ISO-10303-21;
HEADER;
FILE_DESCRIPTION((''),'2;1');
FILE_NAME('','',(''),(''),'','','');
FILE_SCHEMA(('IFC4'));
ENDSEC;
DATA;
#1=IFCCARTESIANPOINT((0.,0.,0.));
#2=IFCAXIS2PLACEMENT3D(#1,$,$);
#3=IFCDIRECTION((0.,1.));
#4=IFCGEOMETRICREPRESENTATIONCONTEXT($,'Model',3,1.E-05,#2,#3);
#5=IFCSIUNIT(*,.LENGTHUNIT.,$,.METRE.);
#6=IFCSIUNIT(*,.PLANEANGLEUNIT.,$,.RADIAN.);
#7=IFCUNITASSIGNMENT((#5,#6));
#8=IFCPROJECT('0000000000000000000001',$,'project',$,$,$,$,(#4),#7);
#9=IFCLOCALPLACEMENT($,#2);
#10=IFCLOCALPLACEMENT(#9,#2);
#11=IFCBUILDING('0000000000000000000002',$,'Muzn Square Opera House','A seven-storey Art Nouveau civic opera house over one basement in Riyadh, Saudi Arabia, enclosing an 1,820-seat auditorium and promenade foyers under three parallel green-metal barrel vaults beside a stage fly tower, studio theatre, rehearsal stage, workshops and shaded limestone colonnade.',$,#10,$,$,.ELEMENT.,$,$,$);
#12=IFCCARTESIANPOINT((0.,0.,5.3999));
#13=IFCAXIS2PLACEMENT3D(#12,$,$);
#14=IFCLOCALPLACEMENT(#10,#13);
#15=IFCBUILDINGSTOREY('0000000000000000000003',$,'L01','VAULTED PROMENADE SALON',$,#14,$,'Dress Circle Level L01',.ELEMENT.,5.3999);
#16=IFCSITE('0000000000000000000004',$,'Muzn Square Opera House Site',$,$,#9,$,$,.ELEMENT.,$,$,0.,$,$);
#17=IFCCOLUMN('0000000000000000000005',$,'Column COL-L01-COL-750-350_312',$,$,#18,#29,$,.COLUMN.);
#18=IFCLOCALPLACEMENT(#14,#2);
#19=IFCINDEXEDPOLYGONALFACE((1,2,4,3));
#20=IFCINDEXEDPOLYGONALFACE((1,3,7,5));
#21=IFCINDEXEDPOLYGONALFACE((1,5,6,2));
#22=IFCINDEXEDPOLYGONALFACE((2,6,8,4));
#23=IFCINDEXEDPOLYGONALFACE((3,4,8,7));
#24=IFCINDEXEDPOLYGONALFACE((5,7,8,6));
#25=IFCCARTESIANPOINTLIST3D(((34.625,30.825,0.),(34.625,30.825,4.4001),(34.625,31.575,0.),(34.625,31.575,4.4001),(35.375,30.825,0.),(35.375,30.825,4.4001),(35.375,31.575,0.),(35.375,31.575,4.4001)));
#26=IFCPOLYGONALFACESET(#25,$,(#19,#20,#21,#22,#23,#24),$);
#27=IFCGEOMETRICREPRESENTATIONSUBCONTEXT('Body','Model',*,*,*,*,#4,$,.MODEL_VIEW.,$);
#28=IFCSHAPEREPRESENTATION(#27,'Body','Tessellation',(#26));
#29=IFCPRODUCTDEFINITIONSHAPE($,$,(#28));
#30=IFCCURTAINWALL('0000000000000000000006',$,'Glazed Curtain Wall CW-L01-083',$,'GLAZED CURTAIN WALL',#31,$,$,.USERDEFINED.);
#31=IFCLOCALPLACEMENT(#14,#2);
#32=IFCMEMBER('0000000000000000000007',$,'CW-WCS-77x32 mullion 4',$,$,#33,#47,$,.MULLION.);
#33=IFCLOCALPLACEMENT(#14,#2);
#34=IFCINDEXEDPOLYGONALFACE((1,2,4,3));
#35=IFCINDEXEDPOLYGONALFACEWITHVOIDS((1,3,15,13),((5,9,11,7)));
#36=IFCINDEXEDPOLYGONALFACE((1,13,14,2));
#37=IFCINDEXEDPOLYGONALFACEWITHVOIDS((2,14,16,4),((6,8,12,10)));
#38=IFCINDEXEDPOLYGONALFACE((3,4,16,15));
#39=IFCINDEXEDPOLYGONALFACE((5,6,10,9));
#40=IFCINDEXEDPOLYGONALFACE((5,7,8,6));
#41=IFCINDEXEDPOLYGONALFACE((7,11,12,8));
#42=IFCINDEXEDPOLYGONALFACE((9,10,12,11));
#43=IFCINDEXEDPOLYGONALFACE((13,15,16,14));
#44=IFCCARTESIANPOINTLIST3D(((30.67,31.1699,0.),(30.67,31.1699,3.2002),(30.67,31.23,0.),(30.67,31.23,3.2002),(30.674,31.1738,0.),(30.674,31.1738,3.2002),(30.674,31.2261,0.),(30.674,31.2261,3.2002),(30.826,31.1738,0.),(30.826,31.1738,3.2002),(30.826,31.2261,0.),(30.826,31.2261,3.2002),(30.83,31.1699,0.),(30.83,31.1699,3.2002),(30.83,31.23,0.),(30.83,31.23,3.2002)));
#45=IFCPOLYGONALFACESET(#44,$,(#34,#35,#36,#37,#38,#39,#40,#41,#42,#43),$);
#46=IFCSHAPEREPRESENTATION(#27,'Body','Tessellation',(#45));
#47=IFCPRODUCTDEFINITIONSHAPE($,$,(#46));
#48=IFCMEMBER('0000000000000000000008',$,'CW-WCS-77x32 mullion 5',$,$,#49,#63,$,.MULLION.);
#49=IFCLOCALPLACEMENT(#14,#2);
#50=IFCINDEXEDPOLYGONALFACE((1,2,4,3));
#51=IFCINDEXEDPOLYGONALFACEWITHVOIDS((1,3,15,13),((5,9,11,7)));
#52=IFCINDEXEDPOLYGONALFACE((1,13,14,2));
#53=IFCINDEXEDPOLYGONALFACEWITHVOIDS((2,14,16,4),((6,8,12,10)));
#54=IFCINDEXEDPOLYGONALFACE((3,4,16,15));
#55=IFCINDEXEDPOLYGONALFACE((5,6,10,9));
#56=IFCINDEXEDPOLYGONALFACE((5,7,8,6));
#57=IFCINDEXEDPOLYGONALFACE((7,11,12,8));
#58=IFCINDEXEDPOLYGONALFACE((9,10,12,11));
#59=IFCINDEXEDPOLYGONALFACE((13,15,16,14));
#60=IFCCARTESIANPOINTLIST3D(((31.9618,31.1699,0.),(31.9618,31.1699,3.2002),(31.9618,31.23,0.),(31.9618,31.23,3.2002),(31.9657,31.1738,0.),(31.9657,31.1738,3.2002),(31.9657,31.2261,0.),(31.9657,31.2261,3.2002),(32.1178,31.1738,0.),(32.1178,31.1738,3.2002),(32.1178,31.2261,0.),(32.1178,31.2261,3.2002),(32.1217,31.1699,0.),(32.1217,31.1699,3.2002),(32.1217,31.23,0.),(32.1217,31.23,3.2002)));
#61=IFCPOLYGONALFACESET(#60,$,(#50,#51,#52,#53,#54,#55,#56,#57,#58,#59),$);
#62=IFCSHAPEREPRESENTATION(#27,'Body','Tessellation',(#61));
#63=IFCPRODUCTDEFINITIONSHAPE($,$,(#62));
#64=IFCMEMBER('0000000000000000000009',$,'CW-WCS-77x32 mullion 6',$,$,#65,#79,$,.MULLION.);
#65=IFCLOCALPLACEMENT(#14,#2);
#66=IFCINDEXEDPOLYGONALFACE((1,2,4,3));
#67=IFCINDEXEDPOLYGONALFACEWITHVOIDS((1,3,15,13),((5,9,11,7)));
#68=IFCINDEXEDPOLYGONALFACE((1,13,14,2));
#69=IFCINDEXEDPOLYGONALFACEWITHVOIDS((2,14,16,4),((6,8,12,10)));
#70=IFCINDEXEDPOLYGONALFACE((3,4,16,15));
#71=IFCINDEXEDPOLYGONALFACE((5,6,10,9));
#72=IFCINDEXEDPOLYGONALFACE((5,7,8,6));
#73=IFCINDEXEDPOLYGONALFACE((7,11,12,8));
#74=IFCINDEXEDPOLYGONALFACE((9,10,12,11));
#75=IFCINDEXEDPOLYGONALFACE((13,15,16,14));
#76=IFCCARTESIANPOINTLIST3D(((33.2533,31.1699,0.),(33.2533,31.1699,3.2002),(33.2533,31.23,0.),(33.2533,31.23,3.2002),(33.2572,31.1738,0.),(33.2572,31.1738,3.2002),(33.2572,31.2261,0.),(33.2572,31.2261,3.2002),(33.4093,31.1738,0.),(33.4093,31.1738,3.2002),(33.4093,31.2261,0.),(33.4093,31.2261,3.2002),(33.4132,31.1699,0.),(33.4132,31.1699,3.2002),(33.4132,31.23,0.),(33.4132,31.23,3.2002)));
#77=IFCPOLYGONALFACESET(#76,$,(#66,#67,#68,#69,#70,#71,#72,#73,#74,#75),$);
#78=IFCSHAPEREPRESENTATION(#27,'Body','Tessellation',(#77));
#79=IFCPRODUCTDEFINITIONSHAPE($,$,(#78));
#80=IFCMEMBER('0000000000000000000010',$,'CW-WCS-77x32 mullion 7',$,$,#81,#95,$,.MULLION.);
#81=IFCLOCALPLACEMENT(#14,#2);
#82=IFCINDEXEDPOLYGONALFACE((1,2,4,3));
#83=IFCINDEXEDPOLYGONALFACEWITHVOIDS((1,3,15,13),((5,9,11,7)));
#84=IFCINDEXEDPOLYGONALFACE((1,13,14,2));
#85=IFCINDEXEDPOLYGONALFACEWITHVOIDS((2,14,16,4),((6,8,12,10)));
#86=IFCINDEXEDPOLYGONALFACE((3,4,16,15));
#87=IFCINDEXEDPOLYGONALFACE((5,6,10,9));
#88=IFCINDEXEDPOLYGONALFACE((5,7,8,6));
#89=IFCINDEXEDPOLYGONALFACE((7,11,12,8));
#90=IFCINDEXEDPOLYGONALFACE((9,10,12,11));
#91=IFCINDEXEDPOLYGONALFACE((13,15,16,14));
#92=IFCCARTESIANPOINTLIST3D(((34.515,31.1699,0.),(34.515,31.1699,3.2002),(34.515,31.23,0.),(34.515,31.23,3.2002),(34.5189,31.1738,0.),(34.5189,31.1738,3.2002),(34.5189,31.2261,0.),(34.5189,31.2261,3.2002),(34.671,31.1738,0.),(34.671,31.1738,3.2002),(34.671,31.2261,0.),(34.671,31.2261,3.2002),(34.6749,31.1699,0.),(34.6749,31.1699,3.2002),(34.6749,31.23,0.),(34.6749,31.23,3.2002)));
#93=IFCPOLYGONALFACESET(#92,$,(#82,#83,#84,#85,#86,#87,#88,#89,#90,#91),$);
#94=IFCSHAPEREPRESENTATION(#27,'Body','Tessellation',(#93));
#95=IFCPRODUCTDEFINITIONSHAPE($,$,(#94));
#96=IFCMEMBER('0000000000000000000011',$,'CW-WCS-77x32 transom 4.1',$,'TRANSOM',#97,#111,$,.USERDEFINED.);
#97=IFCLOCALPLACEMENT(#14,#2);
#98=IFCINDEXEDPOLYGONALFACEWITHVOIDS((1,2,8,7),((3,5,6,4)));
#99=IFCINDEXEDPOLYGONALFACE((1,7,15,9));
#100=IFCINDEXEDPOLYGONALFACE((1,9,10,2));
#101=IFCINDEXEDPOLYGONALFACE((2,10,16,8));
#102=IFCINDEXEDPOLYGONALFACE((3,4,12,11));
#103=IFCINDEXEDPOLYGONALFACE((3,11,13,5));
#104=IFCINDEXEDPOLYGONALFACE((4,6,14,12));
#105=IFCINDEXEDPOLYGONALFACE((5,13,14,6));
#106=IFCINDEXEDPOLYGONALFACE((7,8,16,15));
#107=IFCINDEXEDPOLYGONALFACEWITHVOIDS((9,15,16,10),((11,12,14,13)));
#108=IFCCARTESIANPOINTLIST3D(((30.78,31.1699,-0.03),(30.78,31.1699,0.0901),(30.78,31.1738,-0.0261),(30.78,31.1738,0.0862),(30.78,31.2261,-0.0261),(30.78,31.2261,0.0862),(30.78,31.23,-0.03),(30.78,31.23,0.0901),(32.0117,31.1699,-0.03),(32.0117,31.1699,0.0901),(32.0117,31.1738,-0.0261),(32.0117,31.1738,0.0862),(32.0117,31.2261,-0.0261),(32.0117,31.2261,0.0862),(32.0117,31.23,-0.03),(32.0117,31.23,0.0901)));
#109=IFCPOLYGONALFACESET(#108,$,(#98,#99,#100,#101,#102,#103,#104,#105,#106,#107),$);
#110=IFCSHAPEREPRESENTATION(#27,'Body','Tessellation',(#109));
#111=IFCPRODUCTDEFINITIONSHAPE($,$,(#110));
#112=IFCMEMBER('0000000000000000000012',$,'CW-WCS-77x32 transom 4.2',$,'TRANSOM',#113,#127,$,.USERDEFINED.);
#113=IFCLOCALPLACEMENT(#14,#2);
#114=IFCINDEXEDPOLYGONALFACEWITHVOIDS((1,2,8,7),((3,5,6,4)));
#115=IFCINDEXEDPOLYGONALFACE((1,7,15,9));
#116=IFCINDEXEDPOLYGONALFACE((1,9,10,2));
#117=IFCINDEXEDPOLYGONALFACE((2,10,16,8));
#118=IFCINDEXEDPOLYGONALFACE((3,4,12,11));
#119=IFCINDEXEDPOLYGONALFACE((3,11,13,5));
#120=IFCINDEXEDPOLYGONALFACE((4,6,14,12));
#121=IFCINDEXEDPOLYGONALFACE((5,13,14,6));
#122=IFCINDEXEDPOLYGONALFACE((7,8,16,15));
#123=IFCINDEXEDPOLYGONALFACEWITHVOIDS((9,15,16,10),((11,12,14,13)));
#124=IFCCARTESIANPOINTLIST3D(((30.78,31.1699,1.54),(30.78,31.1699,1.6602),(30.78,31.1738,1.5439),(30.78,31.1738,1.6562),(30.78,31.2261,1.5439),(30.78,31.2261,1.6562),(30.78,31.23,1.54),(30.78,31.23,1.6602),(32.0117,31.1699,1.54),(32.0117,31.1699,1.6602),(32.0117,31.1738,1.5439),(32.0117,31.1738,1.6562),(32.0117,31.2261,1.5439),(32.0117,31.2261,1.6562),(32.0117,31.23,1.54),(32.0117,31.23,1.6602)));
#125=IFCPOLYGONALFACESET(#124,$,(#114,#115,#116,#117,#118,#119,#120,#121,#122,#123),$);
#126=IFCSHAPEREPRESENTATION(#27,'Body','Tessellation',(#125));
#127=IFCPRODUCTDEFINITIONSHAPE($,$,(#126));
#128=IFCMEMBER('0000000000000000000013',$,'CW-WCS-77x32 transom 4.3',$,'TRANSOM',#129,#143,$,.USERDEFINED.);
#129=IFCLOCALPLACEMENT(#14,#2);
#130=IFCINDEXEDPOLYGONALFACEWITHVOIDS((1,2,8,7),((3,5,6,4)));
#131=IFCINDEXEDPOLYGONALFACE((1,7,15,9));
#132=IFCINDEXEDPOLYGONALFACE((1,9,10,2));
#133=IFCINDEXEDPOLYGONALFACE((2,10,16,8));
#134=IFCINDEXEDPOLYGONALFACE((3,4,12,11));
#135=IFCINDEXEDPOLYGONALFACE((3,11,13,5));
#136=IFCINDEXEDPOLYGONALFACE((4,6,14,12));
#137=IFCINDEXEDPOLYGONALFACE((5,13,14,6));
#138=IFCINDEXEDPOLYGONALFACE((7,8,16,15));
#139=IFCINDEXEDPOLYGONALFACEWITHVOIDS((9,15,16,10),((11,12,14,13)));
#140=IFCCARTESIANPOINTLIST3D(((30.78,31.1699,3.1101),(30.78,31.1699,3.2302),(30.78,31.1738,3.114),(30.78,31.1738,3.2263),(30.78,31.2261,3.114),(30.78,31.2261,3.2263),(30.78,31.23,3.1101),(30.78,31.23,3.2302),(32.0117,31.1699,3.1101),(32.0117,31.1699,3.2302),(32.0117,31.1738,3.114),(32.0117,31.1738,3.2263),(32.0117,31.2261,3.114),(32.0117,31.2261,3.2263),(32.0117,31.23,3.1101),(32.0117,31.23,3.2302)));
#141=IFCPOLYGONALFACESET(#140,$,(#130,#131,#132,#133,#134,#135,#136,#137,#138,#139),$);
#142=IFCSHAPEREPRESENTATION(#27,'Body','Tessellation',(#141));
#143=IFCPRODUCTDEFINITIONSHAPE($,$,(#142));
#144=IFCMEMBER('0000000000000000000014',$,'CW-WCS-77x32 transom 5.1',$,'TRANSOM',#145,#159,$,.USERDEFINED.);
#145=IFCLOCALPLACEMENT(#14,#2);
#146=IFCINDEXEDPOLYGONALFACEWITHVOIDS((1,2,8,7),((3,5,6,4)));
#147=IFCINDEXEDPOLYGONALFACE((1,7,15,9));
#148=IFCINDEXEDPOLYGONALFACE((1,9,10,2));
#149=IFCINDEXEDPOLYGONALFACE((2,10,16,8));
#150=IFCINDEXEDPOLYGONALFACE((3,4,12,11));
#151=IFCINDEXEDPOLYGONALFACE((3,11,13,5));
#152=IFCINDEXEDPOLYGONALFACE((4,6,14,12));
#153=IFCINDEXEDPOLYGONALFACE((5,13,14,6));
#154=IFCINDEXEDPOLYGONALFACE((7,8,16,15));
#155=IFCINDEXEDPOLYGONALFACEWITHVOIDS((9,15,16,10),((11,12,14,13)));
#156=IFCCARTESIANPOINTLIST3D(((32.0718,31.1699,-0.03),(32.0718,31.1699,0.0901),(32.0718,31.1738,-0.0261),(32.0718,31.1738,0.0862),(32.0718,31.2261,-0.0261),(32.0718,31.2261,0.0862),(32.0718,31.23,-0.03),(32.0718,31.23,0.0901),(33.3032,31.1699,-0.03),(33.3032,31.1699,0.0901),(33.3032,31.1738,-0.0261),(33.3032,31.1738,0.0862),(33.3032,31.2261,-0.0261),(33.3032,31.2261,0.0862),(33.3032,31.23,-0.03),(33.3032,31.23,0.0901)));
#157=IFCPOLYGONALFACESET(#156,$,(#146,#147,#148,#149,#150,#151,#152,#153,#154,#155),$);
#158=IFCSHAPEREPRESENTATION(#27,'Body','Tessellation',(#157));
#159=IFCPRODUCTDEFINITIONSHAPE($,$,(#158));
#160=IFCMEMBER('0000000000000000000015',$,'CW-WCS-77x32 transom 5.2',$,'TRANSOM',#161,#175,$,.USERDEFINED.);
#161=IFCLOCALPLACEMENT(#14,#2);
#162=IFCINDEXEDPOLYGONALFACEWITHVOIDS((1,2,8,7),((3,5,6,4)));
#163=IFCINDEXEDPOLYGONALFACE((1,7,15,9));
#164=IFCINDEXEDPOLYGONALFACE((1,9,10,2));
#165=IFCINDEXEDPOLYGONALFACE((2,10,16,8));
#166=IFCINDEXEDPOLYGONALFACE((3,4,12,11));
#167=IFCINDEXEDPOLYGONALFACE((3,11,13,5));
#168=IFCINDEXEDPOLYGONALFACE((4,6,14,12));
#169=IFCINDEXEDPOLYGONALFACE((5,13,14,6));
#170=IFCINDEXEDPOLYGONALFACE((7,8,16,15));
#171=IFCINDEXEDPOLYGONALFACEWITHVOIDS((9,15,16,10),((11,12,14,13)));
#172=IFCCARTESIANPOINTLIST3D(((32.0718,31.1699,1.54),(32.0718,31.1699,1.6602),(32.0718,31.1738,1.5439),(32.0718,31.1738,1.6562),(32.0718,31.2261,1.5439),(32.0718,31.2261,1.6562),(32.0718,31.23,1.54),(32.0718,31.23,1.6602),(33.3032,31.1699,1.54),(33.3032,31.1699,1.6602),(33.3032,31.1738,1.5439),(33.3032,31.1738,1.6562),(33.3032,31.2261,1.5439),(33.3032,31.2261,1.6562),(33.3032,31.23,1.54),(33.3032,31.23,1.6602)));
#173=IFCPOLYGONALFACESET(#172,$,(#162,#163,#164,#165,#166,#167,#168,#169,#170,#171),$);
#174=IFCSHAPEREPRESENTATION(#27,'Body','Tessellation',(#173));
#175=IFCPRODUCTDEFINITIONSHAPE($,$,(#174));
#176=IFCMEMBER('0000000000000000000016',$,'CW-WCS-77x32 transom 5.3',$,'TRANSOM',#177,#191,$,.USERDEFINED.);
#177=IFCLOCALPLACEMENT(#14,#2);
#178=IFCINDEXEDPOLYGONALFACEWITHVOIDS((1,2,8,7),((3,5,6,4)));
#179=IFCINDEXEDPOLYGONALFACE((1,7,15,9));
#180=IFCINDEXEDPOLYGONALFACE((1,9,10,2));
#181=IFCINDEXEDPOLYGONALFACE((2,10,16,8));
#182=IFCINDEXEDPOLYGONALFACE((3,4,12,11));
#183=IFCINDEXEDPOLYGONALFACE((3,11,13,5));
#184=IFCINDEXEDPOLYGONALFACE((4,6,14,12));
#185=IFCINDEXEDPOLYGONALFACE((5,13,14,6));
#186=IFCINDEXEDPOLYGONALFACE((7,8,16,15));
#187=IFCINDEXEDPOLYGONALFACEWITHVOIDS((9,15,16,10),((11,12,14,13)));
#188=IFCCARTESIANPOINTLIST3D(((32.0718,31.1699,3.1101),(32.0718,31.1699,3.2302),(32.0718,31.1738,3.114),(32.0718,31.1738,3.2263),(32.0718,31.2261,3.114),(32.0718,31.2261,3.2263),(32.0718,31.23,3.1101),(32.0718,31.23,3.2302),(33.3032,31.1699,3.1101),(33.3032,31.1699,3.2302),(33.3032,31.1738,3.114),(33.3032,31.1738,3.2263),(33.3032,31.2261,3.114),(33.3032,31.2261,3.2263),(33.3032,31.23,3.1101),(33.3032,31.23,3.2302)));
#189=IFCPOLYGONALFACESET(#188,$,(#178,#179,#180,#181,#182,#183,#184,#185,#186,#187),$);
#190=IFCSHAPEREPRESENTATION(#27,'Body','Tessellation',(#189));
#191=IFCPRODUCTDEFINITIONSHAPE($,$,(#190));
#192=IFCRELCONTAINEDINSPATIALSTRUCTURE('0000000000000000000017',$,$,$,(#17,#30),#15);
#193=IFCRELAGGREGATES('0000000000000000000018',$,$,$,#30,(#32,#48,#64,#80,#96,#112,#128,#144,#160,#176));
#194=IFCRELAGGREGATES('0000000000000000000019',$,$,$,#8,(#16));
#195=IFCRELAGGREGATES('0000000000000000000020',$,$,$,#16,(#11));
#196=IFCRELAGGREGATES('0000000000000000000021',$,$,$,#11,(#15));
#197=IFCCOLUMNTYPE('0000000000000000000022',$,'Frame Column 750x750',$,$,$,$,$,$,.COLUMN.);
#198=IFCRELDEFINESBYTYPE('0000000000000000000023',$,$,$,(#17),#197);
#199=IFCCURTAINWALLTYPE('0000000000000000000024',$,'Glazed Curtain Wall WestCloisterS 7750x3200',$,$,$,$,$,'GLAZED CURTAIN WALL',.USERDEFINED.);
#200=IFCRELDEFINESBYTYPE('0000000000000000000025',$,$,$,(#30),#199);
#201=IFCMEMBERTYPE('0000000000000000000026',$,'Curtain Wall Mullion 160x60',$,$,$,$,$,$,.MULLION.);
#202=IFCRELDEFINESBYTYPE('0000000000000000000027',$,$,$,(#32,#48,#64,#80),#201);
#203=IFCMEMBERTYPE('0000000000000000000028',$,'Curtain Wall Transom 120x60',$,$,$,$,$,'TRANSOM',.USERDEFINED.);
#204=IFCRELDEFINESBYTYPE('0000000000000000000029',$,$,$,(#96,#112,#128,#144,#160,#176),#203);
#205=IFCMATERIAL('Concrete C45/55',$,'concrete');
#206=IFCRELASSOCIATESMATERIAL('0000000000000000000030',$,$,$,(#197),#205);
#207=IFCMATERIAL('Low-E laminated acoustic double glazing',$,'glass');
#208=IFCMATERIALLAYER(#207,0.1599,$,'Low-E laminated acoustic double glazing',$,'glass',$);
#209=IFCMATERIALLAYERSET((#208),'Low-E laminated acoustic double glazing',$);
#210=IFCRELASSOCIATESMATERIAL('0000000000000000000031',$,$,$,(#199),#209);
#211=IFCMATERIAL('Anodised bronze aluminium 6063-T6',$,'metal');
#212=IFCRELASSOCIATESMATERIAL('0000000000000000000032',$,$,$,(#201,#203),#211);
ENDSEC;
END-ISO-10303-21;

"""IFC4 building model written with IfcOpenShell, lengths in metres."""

from ifc_helpers import new_model, si_unit, direction, frame, origin, origin_2d, place, context, subcontext, project, spatial, rectangle, hollow_rectangle, extrude, material, layer, layer_set, material_profile, profile_set, type_object, element, aggregate, save


model = new_model("IFC4")

# Units and contexts
model_context = context("Model", 3, precision=1e-05, world=origin(), true_north=direction((0.0, 1.0)))
body_context = subcontext(model_context, "Body", "Model", "MODEL_VIEW")
ifc_project = project(units=[si_unit("LENGTHUNIT", "METRE"), si_unit("PLANEANGLEUNIT", "RADIAN")], contexts=[model_context])

# Site, building, storey
site_placement = place(None, origin())
site = spatial("IfcSite", under=ifc_project, at=site_placement, Name="Muzn Square Opera House Site", CompositionType="ELEMENT", RefElevation=0.0)
building_placement = place(site_placement, origin())
building = spatial("IfcBuilding", under=site, at=building_placement, Name="Muzn Square Opera House", Description="A seven-storey Art Nouveau civic opera house over one basement in Riyadh, Saudi Arabia, enclosing an 1,820-seat auditorium and promenade foyers under three parallel green-metal barrel vaults beside a stage fly tower, studio theatre, rehearsal stage, workshops and shaded limestone colonnade.", CompositionType="ELEMENT")
storey_placement = place(building_placement, frame((0.0, 0.0, 5.3999)))
storey = spatial("IfcBuildingStorey", under=building, at=storey_placement, Name="L01", Description="VAULTED PROMENADE SALON", LongName="Dress Circle Level L01", CompositionType="ELEMENT", Elevation=5.3999)

# Column
ifc_material_1 = material(Name="Concrete C45/55", Category="concrete")
ifc_material_profile_1 = material_profile(ifc_material_1, rectangle(XDim=0.75, YDim=0.75, at=origin_2d()), Name="RC 750x750", Category="concrete")
ifc_profile_set_1 = profile_set([ifc_material_profile_1], Name="Concrete C45/55")
column_type = type_object("IfcColumnType", Name="Frame Column 750x750", PredefinedType="COLUMN", material=ifc_profile_set_1)
column_placement = place(storey_placement, frame((35.0, 31.2, 0.0), z_axis=(0.0, 0.0, 1.0), x_axis=(1.0, 0.0, 0.0)))
element("IfcColumn", 1, at=column_placement, inside=storey, type_object=column_type, Name="Column COL-L01-COL-750-350_312", PredefinedType="COLUMN", context=body_context, shape_type="SweptSolid", body=[
    extrude(rectangle(XDim=0.75, YDim=0.75, at=origin_2d()), origin(), (0.0, 0.0, 1.0), 4.4001),
])

# Curtain wall, members
ifc_material_2 = material(Name="Low-E laminated acoustic double glazing", Category="glass")
ifc_layer_1 = layer(ifc_material_2, 0.1599, Name="Low-E laminated acoustic double glazing", Category="glass")
ifc_layer_set_1 = layer_set([ifc_layer_1], Name="Low-E laminated acoustic double glazing")
curtain_wall_type = type_object("IfcCurtainWallType", Name="Glazed Curtain Wall WestCloisterS 7750x3200", ElementType="GLAZED CURTAIN WALL", PredefinedType="USERDEFINED", material=ifc_layer_set_1)
curtain_wall_placement = place(storey_placement, origin())
curtain_wall = element("IfcCurtainWall", 2, at=curtain_wall_placement, inside=storey, type_object=curtain_wall_type, Name="Glazed Curtain Wall CW-L01-083", ObjectType="GLAZED CURTAIN WALL", PredefinedType="USERDEFINED")
ifc_material_3 = material(Name="Anodised bronze aluminium 6063-T6", Category="metal")
ifc_material_profile_2 = material_profile(ifc_material_3, hollow_rectangle(XDim=0.0601, YDim=0.1599, WallThickness=0.0039, at=origin_2d()), Name="ALU 160x60x4", Category="metal")
ifc_profile_set_2 = profile_set([ifc_material_profile_2], Name="Anodised bronze aluminium 6063-T6")
member_type_1 = type_object("IfcMemberType", Name="Curtain Wall Mullion 160x60", PredefinedType="MULLION", material=ifc_profile_set_2)
member_1_placement = place(storey_placement, frame((30.75, 31.2, 0.0), z_axis=(0.0, 0.0, 1.0), x_axis=(0.0, 1.0, 0.0)))
member_1 = element("IfcMember", 3, at=member_1_placement, type_object=member_type_1, Name="CW-WCS-77x32 mullion 4", PredefinedType="MULLION", context=body_context, shape_type="SweptSolid", body=[
    extrude(hollow_rectangle(XDim=0.0601, YDim=0.1599, WallThickness=0.0039, at=origin_2d()), origin(), (0.0, 0.0, 1.0), 3.2002),
])
member_2_placement = place(storey_placement, frame((32.0417, 31.2, 0.0), z_axis=(0.0, 0.0, 1.0), x_axis=(0.0, 1.0, 0.0)))
member_2 = element("IfcMember", 4, at=member_2_placement, type_object=member_type_1, Name="CW-WCS-77x32 mullion 5", PredefinedType="MULLION", context=body_context, shape_type="SweptSolid", body=[
    extrude(hollow_rectangle(XDim=0.0601, YDim=0.1599, WallThickness=0.0039, at=origin_2d()), origin(), (0.0, 0.0, 1.0), 3.2002),
])
member_3_placement = place(storey_placement, frame((33.3333, 31.2, 0.0), z_axis=(0.0, 0.0, 1.0), x_axis=(0.0, 1.0, 0.0)))
member_3 = element("IfcMember", 5, at=member_3_placement, type_object=member_type_1, Name="CW-WCS-77x32 mullion 6", PredefinedType="MULLION", context=body_context, shape_type="SweptSolid", body=[
    extrude(hollow_rectangle(XDim=0.0601, YDim=0.1599, WallThickness=0.0039, at=origin_2d()), origin(), (0.0, 0.0, 1.0), 3.2002),
])
member_4_placement = place(storey_placement, frame((34.595, 31.2, 0.0), z_axis=(0.0, 0.0, 1.0), x_axis=(0.0, 1.0, 0.0)))
member_4 = element("IfcMember", 6, at=member_4_placement, type_object=member_type_1, Name="CW-WCS-77x32 mullion 7", PredefinedType="MULLION", context=body_context, shape_type="SweptSolid", body=[
    extrude(hollow_rectangle(XDim=0.0601, YDim=0.1599, WallThickness=0.0039, at=origin_2d()), origin(), (0.0, 0.0, 1.0), 3.2002),
])
ifc_material_profile_3 = material_profile(ifc_material_3, hollow_rectangle(XDim=0.0601, YDim=0.1201, WallThickness=0.0039, at=origin_2d()), Name="ALU 120x60x4", Category="metal")
ifc_profile_set_3 = profile_set([ifc_material_profile_3], Name="Anodised bronze aluminium 6063-T6")
member_type_2 = type_object("IfcMemberType", Name="Curtain Wall Transom 120x60", ElementType="TRANSOM", PredefinedType="USERDEFINED", material=ifc_profile_set_3)
member_5_placement = place(storey_placement, frame((30.78, 31.2, 0.03), z_axis=(1.0, 0.0, 0.0), x_axis=(0.0, 1.0, 0.0)))
member_5 = element("IfcMember", 7, at=member_5_placement, type_object=member_type_2, Name="CW-WCS-77x32 transom 4.1", ObjectType="TRANSOM", PredefinedType="USERDEFINED", context=body_context, shape_type="SweptSolid", body=[
    extrude(hollow_rectangle(XDim=0.0601, YDim=0.1201, WallThickness=0.0039, at=origin_2d()), origin(), (0.0, 0.0, 1.0), 1.2317),
])
member_6_placement = place(storey_placement, frame((30.78, 31.2, 1.6001), z_axis=(1.0, 0.0, 0.0), x_axis=(0.0, 1.0, 0.0)))
member_6 = element("IfcMember", 8, at=member_6_placement, type_object=member_type_2, Name="CW-WCS-77x32 transom 4.2", ObjectType="TRANSOM", PredefinedType="USERDEFINED", context=body_context, shape_type="SweptSolid", body=[
    extrude(hollow_rectangle(XDim=0.0601, YDim=0.1201, WallThickness=0.0039, at=origin_2d()), origin(), (0.0, 0.0, 1.0), 1.2317),
])
member_7_placement = place(storey_placement, frame((30.78, 31.2, 3.1702), z_axis=(1.0, 0.0, 0.0), x_axis=(0.0, 1.0, 0.0)))
member_7 = element("IfcMember", 9, at=member_7_placement, type_object=member_type_2, Name="CW-WCS-77x32 transom 4.3", ObjectType="TRANSOM", PredefinedType="USERDEFINED", context=body_context, shape_type="SweptSolid", body=[
    extrude(hollow_rectangle(XDim=0.0601, YDim=0.1201, WallThickness=0.0039, at=origin_2d()), origin(), (0.0, 0.0, 1.0), 1.2317),
])
member_8_placement = place(storey_placement, frame((32.0718, 31.2, 0.03), z_axis=(1.0, 0.0, 0.0), x_axis=(0.0, 1.0, 0.0)))
member_8 = element("IfcMember", 10, at=member_8_placement, type_object=member_type_2, Name="CW-WCS-77x32 transom 5.1", ObjectType="TRANSOM", PredefinedType="USERDEFINED", context=body_context, shape_type="SweptSolid", body=[
    extrude(hollow_rectangle(XDim=0.0601, YDim=0.1201, WallThickness=0.0039, at=origin_2d()), origin(), (0.0, 0.0, 1.0), 1.2314),
])
member_9_placement = place(storey_placement, frame((32.0718, 31.2, 1.6001), z_axis=(1.0, 0.0, 0.0), x_axis=(0.0, 1.0, 0.0)))
member_9 = element("IfcMember", 11, at=member_9_placement, type_object=member_type_2, Name="CW-WCS-77x32 transom 5.2", ObjectType="TRANSOM", PredefinedType="USERDEFINED", context=body_context, shape_type="SweptSolid", body=[
    extrude(hollow_rectangle(XDim=0.0601, YDim=0.1201, WallThickness=0.0039, at=origin_2d()), origin(), (0.0, 0.0, 1.0), 1.2314),
])
member_10_placement = place(storey_placement, frame((32.0718, 31.2, 3.1702), z_axis=(1.0, 0.0, 0.0), x_axis=(0.0, 1.0, 0.0)))
member_10 = element("IfcMember", 12, at=member_10_placement, type_object=member_type_2, Name="CW-WCS-77x32 transom 5.3", ObjectType="TRANSOM", PredefinedType="USERDEFINED", context=body_context, shape_type="SweptSolid", body=[
    extrude(hollow_rectangle(XDim=0.0601, YDim=0.1201, WallThickness=0.0039, at=origin_2d()), origin(), (0.0, 0.0, 1.0), 1.2314),
])

aggregate(curtain_wall, [member_1, member_2, member_3, member_4, member_5, member_6, member_7, member_8, member_9, member_10])

save(model, "model.ifc")
